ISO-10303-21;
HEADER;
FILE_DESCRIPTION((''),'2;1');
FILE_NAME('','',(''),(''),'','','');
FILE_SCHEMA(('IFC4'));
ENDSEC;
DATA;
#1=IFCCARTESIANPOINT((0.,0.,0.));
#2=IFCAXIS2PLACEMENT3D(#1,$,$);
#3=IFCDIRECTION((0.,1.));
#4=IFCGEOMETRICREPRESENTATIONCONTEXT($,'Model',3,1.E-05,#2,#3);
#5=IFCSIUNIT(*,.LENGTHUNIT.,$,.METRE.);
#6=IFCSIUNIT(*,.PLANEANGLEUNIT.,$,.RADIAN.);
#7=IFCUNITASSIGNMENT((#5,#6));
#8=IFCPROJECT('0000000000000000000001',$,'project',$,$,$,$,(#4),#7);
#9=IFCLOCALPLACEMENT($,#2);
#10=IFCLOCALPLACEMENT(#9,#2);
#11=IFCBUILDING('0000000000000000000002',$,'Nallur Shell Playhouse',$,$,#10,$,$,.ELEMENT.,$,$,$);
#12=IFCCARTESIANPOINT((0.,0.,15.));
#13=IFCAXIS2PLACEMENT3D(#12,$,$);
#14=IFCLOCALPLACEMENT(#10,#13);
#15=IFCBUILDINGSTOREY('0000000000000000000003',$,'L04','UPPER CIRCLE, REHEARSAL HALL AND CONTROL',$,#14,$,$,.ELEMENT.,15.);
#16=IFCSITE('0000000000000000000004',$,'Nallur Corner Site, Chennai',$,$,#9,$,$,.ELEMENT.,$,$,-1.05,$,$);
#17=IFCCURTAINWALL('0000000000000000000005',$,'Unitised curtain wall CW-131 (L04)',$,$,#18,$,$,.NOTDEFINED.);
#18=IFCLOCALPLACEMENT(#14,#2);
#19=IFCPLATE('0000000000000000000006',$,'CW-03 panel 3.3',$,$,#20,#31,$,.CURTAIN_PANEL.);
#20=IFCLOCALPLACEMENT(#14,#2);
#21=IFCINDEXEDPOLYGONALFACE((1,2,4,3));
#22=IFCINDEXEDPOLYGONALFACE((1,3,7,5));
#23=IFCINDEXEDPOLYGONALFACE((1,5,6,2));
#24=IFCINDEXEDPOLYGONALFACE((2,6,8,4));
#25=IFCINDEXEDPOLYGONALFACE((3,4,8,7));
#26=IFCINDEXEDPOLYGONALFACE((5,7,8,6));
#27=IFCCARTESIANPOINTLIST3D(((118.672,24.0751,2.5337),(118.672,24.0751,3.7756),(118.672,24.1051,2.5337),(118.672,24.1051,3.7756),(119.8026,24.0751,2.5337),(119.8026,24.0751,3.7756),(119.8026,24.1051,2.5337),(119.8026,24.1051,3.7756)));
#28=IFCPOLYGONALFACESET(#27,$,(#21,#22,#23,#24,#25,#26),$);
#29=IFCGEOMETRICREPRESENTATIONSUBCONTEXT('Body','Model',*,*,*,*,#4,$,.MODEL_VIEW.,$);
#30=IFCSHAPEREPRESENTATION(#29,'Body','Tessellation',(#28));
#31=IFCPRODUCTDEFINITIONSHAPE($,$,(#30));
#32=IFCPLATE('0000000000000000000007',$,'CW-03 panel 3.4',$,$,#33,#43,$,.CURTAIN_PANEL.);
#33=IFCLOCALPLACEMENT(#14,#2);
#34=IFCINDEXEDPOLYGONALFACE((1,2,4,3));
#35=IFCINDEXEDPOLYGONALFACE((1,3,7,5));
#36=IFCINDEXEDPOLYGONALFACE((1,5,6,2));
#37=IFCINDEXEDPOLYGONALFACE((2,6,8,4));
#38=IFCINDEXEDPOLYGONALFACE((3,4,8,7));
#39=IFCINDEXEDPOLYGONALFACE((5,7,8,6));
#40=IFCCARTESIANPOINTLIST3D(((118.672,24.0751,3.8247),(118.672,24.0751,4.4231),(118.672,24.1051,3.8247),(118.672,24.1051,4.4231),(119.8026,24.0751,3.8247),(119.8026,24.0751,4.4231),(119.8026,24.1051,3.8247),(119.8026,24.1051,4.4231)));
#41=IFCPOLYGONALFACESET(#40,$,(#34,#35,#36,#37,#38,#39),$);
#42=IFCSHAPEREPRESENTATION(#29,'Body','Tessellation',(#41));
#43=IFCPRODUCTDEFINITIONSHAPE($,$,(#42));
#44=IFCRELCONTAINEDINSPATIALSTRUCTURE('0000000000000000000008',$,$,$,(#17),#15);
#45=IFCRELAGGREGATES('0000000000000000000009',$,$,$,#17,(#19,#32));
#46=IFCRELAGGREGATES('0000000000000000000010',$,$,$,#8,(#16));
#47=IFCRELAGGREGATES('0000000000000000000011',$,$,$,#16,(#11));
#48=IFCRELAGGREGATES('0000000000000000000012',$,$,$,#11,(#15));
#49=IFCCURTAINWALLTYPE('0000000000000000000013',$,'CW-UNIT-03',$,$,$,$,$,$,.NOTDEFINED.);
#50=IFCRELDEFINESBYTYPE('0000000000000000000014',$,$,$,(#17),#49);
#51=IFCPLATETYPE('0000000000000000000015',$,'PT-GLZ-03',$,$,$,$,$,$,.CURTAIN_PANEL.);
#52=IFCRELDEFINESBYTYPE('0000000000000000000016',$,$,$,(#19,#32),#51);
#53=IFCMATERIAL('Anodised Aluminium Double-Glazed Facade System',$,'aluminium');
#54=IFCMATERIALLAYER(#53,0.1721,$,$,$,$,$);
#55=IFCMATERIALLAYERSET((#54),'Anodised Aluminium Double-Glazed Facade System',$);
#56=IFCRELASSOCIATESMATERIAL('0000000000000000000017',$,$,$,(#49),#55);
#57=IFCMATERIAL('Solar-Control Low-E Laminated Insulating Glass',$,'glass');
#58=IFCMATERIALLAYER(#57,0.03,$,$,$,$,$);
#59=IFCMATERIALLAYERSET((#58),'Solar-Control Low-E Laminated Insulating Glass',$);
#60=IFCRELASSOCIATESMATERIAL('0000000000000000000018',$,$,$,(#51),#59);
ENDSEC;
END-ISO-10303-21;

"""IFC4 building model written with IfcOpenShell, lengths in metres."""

from ifc_helpers import new_model, si_unit, direction, frame, origin, origin_2d, place, context, subcontext, project, spatial, rectangle, extrude, material, layer, layer_set, type_object, element, aggregate, save


model = new_model("IFC4")

# Units and contexts
model_context = context("Model", 3, precision=1e-05, world=origin(), true_north=direction((0.0, 1.0)))
body_context = subcontext(model_context, "Body", "Model", "MODEL_VIEW")
ifc_project = project(units=[si_unit("LENGTHUNIT", "METRE"), si_unit("PLANEANGLEUNIT", "RADIAN")], contexts=[model_context])

# Site, building, storey
site_placement = place(None, origin())
site = spatial("IfcSite", under=ifc_project, at=site_placement, Name="Nallur Corner Site, Chennai", CompositionType="ELEMENT", RefElevation=-1.05)
building_placement = place(site_placement, origin())
building = spatial("IfcBuilding", under=site, at=building_placement, Name="Nallur Shell Playhouse", CompositionType="ELEMENT")
storey_placement = place(building_placement, frame((0.0, 0.0, 15.0)))
storey = spatial("IfcBuildingStorey", under=building, at=storey_placement, Name="L04", Description="UPPER CIRCLE, REHEARSAL HALL AND CONTROL", CompositionType="ELEMENT", Elevation=15.0)

# Curtain wall
ifc_material_1 = material(Name="Anodised Aluminium Double-Glazed Facade System", Category="aluminium")
ifc_layer_1 = layer(ifc_material_1, 0.1721)
ifc_layer_set_1 = layer_set([ifc_layer_1], Name="Anodised Aluminium Double-Glazed Facade System")
curtain_wall_type_1 = type_object("IfcCurtainWallType", Name="CW-UNIT-03", PredefinedType="NOTDEFINED", material=ifc_layer_set_1)
curtain_wall_1_placement = place(storey_placement, origin())
curtain_wall_1 = element("IfcCurtainWall", 1, at=curtain_wall_1_placement, inside=storey, type_object=curtain_wall_type_1, Name="Unitised curtain wall CW-131 (L04)", PredefinedType="NOTDEFINED")

# Plates
ifc_material_2 = material(Name="Solar-Control Low-E Laminated Insulating Glass", Category="glass")
ifc_layer_2 = layer(ifc_material_2, 0.03)
ifc_layer_set_2 = layer_set([ifc_layer_2], Name="Solar-Control Low-E Laminated Insulating Glass")
plate_type_1 = type_object("IfcPlateType", Name="PT-GLZ-03", PredefinedType="CURTAIN_PANEL", material=ifc_layer_set_2)
plate_1_placement = place(storey_placement, frame((119.2373, 24.0901, 2.5337), z_axis=(0.0, 0.0, 1.0), x_axis=(-1.0, 0.0, 0.0)))
plate_1 = element("IfcPlate", 2, at=plate_1_placement, type_object=plate_type_1, Name="CW-03 panel 3.3", PredefinedType="CURTAIN_PANEL", context=body_context, shape_type="SweptSolid", body=[
    extrude(rectangle(XDim=1.1306, YDim=0.03, at=origin_2d()), origin(), (0.0, 0.0, 1.0), 1.2419),
])
plate_2_placement = place(storey_placement, frame((119.2373, 24.0901, 3.8247), z_axis=(0.0, 0.0, 1.0), x_axis=(-1.0, 0.0, 0.0)))
plate_2 = element("IfcPlate", 3, at=plate_2_placement, type_object=plate_type_1, Name="CW-03 panel 3.4", PredefinedType="CURTAIN_PANEL", context=body_context, shape_type="SweptSolid", body=[
    extrude(rectangle(XDim=1.1306, YDim=0.03, at=origin_2d()), origin(), (0.0, 0.0, 1.0), 0.5984),
])
aggregate(curtain_wall_1, [plate_1, plate_2])

save(model, "model.ifc")
